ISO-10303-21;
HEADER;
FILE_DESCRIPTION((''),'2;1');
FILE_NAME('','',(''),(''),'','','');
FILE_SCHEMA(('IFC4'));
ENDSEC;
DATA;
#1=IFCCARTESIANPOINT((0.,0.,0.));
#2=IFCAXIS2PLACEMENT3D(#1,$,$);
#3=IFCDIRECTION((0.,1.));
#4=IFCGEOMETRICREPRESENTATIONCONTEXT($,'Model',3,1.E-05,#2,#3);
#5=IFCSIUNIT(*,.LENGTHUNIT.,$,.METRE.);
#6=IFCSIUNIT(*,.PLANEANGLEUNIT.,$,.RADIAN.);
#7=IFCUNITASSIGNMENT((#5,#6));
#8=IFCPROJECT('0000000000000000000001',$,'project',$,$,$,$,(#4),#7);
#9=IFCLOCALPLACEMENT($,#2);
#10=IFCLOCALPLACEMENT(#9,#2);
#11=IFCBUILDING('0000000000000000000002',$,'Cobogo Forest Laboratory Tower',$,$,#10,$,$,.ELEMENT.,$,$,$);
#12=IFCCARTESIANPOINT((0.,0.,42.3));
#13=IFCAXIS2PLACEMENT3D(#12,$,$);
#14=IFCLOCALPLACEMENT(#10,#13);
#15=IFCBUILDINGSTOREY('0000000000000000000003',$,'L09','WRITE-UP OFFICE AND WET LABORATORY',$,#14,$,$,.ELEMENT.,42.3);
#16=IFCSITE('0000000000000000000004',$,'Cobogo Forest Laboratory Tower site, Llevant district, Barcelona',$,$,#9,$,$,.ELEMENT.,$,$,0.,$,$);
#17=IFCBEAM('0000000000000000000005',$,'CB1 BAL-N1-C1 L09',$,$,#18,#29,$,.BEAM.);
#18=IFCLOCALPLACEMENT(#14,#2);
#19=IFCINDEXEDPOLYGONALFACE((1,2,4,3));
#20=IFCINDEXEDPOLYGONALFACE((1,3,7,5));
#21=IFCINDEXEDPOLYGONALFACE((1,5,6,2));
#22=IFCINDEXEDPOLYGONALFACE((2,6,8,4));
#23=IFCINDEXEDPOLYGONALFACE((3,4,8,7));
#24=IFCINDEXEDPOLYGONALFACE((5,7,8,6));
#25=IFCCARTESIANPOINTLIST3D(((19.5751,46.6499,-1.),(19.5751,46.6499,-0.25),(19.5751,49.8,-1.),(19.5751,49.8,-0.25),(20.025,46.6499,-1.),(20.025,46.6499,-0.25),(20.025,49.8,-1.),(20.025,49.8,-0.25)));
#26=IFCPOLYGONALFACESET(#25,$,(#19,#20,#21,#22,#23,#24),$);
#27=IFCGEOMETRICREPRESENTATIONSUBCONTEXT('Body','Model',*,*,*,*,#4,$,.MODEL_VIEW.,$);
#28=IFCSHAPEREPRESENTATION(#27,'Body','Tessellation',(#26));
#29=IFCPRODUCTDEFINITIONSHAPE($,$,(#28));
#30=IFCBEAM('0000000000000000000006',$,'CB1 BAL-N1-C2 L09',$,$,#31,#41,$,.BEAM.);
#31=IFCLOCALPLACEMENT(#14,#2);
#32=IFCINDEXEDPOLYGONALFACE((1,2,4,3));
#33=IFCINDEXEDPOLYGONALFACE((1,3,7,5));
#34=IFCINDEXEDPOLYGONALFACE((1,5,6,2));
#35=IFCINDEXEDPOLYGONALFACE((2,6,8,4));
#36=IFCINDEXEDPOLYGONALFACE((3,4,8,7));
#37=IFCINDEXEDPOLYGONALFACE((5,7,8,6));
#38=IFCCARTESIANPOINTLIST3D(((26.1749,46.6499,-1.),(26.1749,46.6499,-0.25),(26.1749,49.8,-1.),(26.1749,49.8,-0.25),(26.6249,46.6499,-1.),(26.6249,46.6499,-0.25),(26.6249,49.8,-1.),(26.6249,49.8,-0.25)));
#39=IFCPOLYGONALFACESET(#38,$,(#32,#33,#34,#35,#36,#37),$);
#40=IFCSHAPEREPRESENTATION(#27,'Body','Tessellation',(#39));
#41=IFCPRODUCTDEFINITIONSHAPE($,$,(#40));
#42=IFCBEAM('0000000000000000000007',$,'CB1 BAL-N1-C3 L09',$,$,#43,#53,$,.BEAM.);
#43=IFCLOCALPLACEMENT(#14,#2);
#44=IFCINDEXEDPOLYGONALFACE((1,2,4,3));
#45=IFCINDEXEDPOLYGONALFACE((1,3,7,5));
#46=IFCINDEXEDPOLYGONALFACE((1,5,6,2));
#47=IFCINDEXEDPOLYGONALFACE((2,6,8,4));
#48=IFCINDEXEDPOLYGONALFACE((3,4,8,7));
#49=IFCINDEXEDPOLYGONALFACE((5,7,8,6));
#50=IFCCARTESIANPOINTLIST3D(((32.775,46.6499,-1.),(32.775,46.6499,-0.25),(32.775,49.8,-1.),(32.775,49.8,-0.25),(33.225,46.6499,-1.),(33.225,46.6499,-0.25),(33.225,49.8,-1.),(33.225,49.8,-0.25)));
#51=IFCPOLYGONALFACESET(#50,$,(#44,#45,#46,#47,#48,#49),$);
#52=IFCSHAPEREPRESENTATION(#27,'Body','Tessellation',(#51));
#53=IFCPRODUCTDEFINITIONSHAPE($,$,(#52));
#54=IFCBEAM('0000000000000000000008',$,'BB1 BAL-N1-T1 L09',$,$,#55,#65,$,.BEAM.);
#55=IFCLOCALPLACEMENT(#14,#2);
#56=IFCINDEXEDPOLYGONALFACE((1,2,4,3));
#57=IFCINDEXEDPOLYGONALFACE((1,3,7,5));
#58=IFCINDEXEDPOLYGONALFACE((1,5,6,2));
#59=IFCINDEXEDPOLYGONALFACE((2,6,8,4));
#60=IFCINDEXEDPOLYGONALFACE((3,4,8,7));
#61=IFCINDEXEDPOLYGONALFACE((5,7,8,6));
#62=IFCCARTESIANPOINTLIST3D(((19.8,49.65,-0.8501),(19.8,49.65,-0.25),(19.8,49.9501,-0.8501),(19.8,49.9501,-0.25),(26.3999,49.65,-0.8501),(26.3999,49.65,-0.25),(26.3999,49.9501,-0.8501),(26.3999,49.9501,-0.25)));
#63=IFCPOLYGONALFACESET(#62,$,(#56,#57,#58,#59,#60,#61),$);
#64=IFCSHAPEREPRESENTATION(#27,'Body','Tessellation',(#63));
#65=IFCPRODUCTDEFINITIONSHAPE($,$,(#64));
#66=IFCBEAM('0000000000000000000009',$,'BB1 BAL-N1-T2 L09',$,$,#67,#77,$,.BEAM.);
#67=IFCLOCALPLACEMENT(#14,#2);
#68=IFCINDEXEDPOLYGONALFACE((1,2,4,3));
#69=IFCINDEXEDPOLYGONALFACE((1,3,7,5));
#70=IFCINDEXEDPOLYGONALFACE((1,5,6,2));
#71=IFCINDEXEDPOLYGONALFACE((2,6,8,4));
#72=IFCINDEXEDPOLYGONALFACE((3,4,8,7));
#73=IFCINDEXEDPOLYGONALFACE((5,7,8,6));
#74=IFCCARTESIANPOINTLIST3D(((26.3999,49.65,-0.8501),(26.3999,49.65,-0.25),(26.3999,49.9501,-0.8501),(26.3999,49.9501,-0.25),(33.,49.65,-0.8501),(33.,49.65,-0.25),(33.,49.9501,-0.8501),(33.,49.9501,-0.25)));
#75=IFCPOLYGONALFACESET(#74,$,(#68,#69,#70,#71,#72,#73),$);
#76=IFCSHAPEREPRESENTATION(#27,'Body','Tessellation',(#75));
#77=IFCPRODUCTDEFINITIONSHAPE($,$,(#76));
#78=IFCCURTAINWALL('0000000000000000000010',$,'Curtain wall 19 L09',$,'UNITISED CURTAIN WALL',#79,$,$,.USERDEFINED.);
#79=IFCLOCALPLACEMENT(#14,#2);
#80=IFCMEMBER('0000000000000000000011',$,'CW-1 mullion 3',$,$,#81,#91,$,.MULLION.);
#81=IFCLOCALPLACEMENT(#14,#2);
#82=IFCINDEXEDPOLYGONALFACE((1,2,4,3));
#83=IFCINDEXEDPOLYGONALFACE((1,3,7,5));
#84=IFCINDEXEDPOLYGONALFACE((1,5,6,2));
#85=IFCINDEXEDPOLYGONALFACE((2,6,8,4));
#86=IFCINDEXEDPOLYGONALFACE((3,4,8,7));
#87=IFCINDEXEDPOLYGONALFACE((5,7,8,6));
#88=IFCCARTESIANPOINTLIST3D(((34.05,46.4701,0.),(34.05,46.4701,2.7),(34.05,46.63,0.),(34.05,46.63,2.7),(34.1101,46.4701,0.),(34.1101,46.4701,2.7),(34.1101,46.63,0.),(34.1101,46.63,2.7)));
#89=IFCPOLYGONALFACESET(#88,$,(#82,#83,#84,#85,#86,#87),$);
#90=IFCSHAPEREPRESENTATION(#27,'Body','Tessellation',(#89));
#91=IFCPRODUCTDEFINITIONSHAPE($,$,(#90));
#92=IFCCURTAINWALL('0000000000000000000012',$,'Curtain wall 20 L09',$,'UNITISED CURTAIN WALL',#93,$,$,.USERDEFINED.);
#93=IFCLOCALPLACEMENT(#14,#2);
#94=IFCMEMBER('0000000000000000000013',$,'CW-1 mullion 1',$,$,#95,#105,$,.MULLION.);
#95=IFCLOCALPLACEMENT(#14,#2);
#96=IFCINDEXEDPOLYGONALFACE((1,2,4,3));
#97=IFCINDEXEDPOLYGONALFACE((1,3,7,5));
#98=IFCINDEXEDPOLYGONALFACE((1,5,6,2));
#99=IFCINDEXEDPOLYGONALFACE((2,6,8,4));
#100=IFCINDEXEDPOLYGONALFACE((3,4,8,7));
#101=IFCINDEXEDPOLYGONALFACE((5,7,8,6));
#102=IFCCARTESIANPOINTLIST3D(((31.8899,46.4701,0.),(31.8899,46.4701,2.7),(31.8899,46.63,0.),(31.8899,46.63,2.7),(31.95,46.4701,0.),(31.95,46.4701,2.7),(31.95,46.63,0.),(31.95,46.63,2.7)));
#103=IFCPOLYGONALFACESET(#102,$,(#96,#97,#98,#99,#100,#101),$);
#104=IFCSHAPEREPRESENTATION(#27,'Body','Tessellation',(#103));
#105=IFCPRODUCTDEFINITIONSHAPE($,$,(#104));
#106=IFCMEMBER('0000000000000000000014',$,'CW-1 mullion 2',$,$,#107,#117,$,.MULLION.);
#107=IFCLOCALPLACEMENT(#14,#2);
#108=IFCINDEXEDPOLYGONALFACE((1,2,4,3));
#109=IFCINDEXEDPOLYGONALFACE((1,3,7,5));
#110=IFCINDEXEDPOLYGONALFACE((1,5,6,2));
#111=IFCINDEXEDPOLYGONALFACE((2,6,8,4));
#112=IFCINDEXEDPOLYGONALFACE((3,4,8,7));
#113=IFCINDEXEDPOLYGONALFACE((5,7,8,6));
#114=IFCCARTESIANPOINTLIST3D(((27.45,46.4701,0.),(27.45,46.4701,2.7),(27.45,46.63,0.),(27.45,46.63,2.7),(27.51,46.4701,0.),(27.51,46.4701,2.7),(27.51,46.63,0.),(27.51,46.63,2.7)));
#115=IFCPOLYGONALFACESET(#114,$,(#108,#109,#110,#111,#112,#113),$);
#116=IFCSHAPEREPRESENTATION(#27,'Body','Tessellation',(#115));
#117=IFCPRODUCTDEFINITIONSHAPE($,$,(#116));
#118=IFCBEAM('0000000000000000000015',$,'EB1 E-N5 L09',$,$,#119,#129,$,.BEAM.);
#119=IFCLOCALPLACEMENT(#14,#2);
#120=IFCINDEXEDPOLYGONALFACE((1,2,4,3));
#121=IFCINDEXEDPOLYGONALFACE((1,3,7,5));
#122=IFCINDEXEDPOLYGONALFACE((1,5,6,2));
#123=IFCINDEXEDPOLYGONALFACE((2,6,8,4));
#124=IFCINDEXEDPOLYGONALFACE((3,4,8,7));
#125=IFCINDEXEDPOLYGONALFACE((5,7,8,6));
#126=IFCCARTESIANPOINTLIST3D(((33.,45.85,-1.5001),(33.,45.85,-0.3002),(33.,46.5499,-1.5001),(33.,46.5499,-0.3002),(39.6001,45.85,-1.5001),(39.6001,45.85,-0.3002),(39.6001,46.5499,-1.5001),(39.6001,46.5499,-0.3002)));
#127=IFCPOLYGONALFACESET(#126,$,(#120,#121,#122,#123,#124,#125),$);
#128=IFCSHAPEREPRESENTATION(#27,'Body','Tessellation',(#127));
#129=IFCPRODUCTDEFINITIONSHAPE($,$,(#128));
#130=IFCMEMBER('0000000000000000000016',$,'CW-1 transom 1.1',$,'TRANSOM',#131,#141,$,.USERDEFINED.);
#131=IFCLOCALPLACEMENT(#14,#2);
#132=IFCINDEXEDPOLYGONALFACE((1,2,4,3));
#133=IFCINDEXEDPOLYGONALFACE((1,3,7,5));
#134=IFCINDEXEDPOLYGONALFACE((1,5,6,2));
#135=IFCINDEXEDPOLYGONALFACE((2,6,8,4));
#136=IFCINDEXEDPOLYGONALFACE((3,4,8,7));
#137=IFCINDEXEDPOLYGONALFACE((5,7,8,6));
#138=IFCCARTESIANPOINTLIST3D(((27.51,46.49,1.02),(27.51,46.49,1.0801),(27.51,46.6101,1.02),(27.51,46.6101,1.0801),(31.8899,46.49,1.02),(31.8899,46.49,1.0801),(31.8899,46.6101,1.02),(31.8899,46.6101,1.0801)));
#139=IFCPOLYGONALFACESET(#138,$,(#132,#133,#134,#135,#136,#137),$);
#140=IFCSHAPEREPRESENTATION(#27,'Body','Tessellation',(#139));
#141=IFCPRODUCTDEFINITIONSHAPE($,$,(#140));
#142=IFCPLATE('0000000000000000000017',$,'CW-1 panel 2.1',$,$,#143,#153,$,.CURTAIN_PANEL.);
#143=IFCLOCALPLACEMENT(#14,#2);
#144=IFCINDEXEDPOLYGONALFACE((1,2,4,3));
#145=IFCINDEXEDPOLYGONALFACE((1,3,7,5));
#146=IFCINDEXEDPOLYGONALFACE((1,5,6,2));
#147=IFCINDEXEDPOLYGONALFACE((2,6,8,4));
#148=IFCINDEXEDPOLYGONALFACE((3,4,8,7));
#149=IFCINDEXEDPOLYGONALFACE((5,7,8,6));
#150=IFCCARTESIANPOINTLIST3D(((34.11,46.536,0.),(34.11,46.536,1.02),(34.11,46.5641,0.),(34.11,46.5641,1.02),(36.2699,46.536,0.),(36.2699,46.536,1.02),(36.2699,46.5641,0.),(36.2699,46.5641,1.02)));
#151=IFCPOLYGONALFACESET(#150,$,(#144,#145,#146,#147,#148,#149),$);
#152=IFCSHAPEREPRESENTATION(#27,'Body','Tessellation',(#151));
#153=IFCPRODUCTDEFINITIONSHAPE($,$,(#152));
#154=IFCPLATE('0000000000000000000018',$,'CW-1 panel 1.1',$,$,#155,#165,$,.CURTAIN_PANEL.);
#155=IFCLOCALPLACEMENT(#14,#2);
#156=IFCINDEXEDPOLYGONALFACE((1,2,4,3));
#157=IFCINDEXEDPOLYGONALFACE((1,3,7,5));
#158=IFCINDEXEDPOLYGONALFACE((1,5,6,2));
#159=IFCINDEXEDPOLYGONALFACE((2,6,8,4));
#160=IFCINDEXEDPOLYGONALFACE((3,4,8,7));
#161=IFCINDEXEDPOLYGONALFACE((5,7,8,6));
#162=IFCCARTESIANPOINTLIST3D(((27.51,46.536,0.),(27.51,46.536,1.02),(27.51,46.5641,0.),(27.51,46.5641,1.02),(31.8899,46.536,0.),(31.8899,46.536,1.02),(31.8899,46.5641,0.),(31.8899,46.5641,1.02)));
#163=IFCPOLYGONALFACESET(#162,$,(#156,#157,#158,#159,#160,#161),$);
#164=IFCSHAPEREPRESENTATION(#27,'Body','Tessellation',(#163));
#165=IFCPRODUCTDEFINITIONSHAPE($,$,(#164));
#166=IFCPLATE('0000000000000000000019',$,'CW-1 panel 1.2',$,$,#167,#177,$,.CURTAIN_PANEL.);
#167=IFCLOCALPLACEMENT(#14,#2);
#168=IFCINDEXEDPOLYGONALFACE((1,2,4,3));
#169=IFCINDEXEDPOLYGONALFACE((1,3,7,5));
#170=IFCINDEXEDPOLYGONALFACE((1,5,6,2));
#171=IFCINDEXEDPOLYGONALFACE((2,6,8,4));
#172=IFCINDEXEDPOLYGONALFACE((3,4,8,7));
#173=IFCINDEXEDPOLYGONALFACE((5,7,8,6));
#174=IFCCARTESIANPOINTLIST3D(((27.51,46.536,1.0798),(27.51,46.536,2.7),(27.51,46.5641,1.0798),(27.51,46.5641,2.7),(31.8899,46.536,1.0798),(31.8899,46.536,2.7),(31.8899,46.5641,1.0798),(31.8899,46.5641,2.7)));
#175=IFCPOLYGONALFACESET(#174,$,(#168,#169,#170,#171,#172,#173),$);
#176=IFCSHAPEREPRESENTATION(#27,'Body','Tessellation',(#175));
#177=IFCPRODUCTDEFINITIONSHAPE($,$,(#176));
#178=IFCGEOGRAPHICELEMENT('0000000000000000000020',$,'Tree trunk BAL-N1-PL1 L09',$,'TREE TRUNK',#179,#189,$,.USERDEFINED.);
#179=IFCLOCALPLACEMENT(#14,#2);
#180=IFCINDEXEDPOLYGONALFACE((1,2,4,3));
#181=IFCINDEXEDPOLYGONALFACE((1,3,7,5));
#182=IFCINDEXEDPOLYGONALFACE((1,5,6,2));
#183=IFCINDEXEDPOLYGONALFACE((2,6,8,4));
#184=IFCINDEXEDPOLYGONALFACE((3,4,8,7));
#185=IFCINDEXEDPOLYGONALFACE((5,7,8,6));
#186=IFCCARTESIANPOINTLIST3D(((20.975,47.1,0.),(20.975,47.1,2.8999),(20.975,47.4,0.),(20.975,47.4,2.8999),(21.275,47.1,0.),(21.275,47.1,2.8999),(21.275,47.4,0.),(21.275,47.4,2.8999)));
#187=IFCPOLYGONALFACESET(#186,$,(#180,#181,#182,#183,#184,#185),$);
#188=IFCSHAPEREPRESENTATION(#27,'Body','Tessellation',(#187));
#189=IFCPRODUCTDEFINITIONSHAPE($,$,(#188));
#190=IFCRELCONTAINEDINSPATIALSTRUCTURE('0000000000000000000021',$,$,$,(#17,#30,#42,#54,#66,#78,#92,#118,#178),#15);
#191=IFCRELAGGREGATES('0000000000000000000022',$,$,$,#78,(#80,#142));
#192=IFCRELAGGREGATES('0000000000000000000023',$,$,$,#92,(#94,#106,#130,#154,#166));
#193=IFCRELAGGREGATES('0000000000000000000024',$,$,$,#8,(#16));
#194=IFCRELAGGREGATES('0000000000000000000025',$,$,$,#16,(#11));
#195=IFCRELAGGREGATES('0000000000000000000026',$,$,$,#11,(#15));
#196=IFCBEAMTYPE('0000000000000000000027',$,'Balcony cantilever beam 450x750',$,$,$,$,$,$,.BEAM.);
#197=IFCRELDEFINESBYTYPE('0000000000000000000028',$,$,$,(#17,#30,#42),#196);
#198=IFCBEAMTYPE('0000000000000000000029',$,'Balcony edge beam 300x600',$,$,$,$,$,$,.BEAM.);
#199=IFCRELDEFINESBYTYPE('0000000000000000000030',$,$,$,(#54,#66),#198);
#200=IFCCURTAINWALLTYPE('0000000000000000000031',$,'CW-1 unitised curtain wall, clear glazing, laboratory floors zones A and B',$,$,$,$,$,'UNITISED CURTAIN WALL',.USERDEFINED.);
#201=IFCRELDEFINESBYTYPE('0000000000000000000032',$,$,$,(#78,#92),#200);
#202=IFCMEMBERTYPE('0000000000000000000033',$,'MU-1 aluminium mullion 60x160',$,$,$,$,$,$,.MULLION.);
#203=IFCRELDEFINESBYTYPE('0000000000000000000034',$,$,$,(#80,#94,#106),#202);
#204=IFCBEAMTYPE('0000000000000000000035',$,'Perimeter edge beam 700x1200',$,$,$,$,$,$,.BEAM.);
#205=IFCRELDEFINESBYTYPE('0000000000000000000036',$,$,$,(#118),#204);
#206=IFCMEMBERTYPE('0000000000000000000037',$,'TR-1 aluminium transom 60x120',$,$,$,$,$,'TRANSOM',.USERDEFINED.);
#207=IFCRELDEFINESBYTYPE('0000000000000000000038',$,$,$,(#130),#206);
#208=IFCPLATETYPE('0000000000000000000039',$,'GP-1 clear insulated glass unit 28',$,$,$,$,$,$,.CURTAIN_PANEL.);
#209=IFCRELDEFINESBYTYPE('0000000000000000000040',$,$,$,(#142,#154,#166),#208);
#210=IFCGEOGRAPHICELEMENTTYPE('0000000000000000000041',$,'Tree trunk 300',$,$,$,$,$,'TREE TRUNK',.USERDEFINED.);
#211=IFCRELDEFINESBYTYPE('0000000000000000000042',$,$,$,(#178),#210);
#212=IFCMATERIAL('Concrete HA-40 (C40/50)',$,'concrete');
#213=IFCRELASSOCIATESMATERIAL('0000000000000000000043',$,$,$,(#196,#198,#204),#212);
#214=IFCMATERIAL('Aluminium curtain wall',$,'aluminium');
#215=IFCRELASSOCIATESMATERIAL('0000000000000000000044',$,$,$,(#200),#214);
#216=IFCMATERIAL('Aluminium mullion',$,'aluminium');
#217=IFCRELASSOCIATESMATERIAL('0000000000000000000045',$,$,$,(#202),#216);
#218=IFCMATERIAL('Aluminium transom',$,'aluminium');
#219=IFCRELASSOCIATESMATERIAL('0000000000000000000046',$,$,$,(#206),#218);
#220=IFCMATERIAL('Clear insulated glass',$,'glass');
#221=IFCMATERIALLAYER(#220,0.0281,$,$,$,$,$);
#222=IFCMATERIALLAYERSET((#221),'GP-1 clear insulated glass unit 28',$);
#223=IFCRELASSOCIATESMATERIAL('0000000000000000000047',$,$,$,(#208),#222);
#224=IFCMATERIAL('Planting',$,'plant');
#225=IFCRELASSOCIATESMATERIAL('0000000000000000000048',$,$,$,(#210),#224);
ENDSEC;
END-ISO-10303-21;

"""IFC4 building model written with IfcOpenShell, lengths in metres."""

from ifc_helpers import new_model, si_unit, direction, frame, origin, origin_2d, place, context, subcontext, project, spatial, rectangle, extrude, material, layer, layer_set, material_profile, profile_set, type_object, element, aggregate, save


model = new_model("IFC4")

# Units and contexts
model_context = context("Model", 3, precision=1e-05, world=origin(), true_north=direction((0.0, 1.0)))
body_context = subcontext(model_context, "Body", "Model", "MODEL_VIEW")
ifc_project = project(units=[si_unit("LENGTHUNIT", "METRE"), si_unit("PLANEANGLEUNIT", "RADIAN")], contexts=[model_context])

# Site, building, storey
site_placement = place(None, origin())
site = spatial("IfcSite", under=ifc_project, at=site_placement, Name="Cobogo Forest Laboratory Tower site, Llevant district, Barcelona", CompositionType="ELEMENT", RefElevation=0.0)
building_placement = place(site_placement, origin())
building = spatial("IfcBuilding", under=site, at=building_placement, Name="Cobogo Forest Laboratory Tower", CompositionType="ELEMENT")
storey_placement = place(building_placement, frame((0.0, 0.0, 42.3)))
storey = spatial("IfcBuildingStorey", under=building, at=storey_placement, Name="L09", Description="WRITE-UP OFFICE AND WET LABORATORY", CompositionType="ELEMENT", Elevation=42.3)

# Beams
ifc_material_1 = material(Name="Concrete HA-40 (C40/50)", Category="concrete")
ifc_material_profile_1 = material_profile(ifc_material_1, rectangle(XDim=0.45, YDim=0.75, at=origin_2d()), Name="RC 450x750")
ifc_profile_set_1 = profile_set([ifc_material_profile_1], Name="Concrete HA-40 (C40/50)")
beam_type_1 = type_object("IfcBeamType", Name="Balcony cantilever beam 450x750", PredefinedType="BEAM", material=ifc_profile_set_1)
for number, where, z_axis, x_axis, name in (
    (1, (19.8, 46.6499, -0.625), (0.0, 1.0, 0.0), (-1.0, 0.0, 0.0), "CB1 BAL-N1-C1 L09"),
    (2, (26.3999, 46.6499, -0.625), (0.0, 1.0, 0.0), (-1.0, 0.0, 0.0), "CB1 BAL-N1-C2 L09"),
    (3, (33.0, 46.6499, -0.625), (0.0, 1.0, 0.0), (-1.0, 0.0, 0.0), "CB1 BAL-N1-C3 L09"),
):
    element("IfcBeam", number, at=place(storey_placement, frame(where, z_axis=z_axis, x_axis=x_axis)), inside=storey, type_object=beam_type_1, Name=name, PredefinedType="BEAM", context=body_context, shape_type="SweptSolid", body=[
        extrude(rectangle(XDim=0.45, YDim=0.75, at=origin_2d()), origin(), (0.0, 0.0, 1.0), 3.1501),
    ])
ifc_material_profile_2 = material_profile(ifc_material_1, rectangle(XDim=0.3, YDim=0.6001, at=origin_2d()), Name="RC 300x600")
ifc_profile_set_2 = profile_set([ifc_material_profile_2], Name="Concrete HA-40 (C40/50)")
beam_type_2 = type_object("IfcBeamType", Name="Balcony edge beam 300x600", PredefinedType="BEAM", material=ifc_profile_set_2)
beam_1_placement = place(storey_placement, frame((19.8, 49.8, -0.55), z_axis=(1.0, 0.0, 0.0), x_axis=(0.0, 1.0, 0.0)))
element("IfcBeam", 4, at=beam_1_placement, inside=storey, type_object=beam_type_2, Name="BB1 BAL-N1-T1 L09", PredefinedType="BEAM", context=body_context, shape_type="SweptSolid", body=[
    extrude(rectangle(XDim=0.3, YDim=0.6001, at=origin_2d()), origin(), (0.0, 0.0, 1.0), 6.5999),
])
beam_2_placement = place(storey_placement, frame((26.3999, 49.8, -0.55), z_axis=(1.0, 0.0, 0.0), x_axis=(0.0, 1.0, 0.0)))
element("IfcBeam", 5, at=beam_2_placement, inside=storey, type_object=beam_type_2, Name="BB1 BAL-N1-T2 L09", PredefinedType="BEAM", context=body_context, shape_type="SweptSolid", body=[
    extrude(rectangle(XDim=0.3, YDim=0.6001, at=origin_2d()), origin(), (0.0, 0.0, 1.0), 6.6001),
])

# Curtain wall, member
ifc_material_2 = material(Name="Aluminium curtain wall", Category="aluminium")
curtain_wall_type = type_object("IfcCurtainWallType", Name="CW-1 unitised curtain wall, clear glazing, laboratory floors zones A and B", ElementType="UNITISED CURTAIN WALL", PredefinedType="USERDEFINED", material=ifc_material_2)
curtain_wall_1_placement = place(storey_placement, origin())
curtain_wall_1 = element("IfcCurtainWall", 6, at=curtain_wall_1_placement, inside=storey, type_object=curtain_wall_type, Name="Curtain wall 19 L09", ObjectType="UNITISED CURTAIN WALL", PredefinedType="USERDEFINED")
ifc_material_3 = material(Name="Aluminium mullion", Category="aluminium")
ifc_material_profile_3 = material_profile(ifc_material_3, rectangle(XDim=0.0601, YDim=0.1599, at=origin_2d()), Name="AL 60x160")
ifc_profile_set_3 = profile_set([ifc_material_profile_3], Name="Aluminium mullion")
member_type_1 = type_object("IfcMemberType", Name="MU-1 aluminium mullion 60x160", PredefinedType="MULLION", material=ifc_profile_set_3)
member_1_placement = place(storey_placement, frame((34.0801, 46.55, 0.0), z_axis=(0.0, 0.0, 1.0), x_axis=(-1.0, 0.0, 0.0)))
member_1 = element("IfcMember", 7, at=member_1_placement, type_object=member_type_1, Name="CW-1 mullion 3", PredefinedType="MULLION", context=body_context, shape_type="SweptSolid", body=[
    extrude(rectangle(XDim=0.0601, YDim=0.1599, at=origin_2d()), origin(), (0.0, 0.0, 1.0), 2.7),
])

# Curtain wall, members
curtain_wall_2_placement = place(storey_placement, origin())
curtain_wall_2 = element("IfcCurtainWall", 8, at=curtain_wall_2_placement, inside=storey, type_object=curtain_wall_type, Name="Curtain wall 20 L09", ObjectType="UNITISED CURTAIN WALL", PredefinedType="USERDEFINED")
member_2_placement = place(storey_placement, frame((31.9199, 46.55, 0.0), z_axis=(0.0, 0.0, 1.0), x_axis=(-1.0, 0.0, 0.0)))
member_2 = element("IfcMember", 9, at=member_2_placement, type_object=member_type_1, Name="CW-1 mullion 1", PredefinedType="MULLION", context=body_context, shape_type="SweptSolid", body=[
    extrude(rectangle(XDim=0.0601, YDim=0.1599, at=origin_2d()), origin(), (0.0, 0.0, 1.0), 2.7),
])
member_3_placement = place(storey_placement, frame((27.48, 46.55, 0.0), z_axis=(0.0, 0.0, 1.0), x_axis=(-1.0, 0.0, 0.0)))
member_3 = element("IfcMember", 10, at=member_3_placement, type_object=member_type_1, Name="CW-1 mullion 2", PredefinedType="MULLION", context=body_context, shape_type="SweptSolid", body=[
    extrude(rectangle(XDim=0.0601, YDim=0.1599, at=origin_2d()), origin(), (0.0, 0.0, 1.0), 2.7),
])

# Beam
ifc_material_profile_4 = material_profile(ifc_material_1, rectangle(XDim=0.7, YDim=1.2, at=origin_2d()), Name="RC 700x1200")
ifc_profile_set_4 = profile_set([ifc_material_profile_4], Name="Concrete HA-40 (C40/50)")
beam_type_3 = type_object("IfcBeamType", Name="Perimeter edge beam 700x1200", PredefinedType="BEAM", material=ifc_profile_set_4)
beam_3_placement = place(storey_placement, frame((33.0, 46.2, -0.9001), z_axis=(1.0, 0.0, 0.0), x_axis=(0.0, 1.0, 0.0)))
element("IfcBeam", 11, at=beam_3_placement, inside=storey, type_object=beam_type_3, Name="EB1 E-N5 L09", PredefinedType="BEAM", context=body_context, shape_type="SweptSolid", body=[
    extrude(rectangle(XDim=0.7, YDim=1.2, at=origin_2d()), origin(), (0.0, 0.0, 1.0), 6.6001),
])

# Member
ifc_material_4 = material(Name="Aluminium transom", Category="aluminium")
ifc_material_profile_5 = material_profile(ifc_material_4, rectangle(XDim=0.1201, YDim=0.0601, at=origin_2d()), Name="AL 60x120")
ifc_profile_set_5 = profile_set([ifc_material_profile_5], Name="Aluminium transom")
member_type_2 = type_object("IfcMemberType", Name="TR-1 aluminium transom 60x120", ElementType="TRANSOM", PredefinedType="USERDEFINED", material=ifc_profile_set_5)
member_4_placement = place(storey_placement, frame((31.8899, 46.55, 1.05), z_axis=(-1.0, 0.0, 0.0), x_axis=(0.0, -1.0, 0.0)))
member_4 = element("IfcMember", 12, at=member_4_placement, type_object=member_type_2, Name="CW-1 transom 1.1", ObjectType="TRANSOM", PredefinedType="USERDEFINED", context=body_context, shape_type="SweptSolid", body=[
    extrude(rectangle(XDim=0.1201, YDim=0.0601, at=origin_2d()), origin(), (0.0, 0.0, 1.0), 4.3799),
])

# Plates
ifc_material_5 = material(Name="Clear insulated glass", Category="glass")
ifc_layer_1 = layer(ifc_material_5, 0.0281)
ifc_layer_set_1 = layer_set([ifc_layer_1], Name="GP-1 clear insulated glass unit 28")
plate_type_1 = type_object("IfcPlateType", Name="GP-1 clear insulated glass unit 28", PredefinedType="CURTAIN_PANEL", material=ifc_layer_set_1)
plate_1_placement = place(storey_placement, frame((35.1899, 46.55, 0.0), z_axis=(0.0, 0.0, 1.0), x_axis=(-1.0, 0.0, 0.0)))
plate_1 = element("IfcPlate", 13, at=plate_1_placement, type_object=plate_type_1, Name="CW-1 panel 2.1", PredefinedType="CURTAIN_PANEL", context=body_context, shape_type="SweptSolid", body=[
    extrude(rectangle(XDim=2.1599, YDim=0.0281, at=origin_2d()), origin(), (0.0, 0.0, 1.0), 1.02),
])
aggregate(curtain_wall_1, [member_1, plate_1])
plate_2_placement = place(storey_placement, frame((29.7, 46.55, 0.0), z_axis=(0.0, 0.0, 1.0), x_axis=(-1.0, 0.0, 0.0)))
plate_2 = element("IfcPlate", 14, at=plate_2_placement, type_object=plate_type_1, Name="CW-1 panel 1.1", PredefinedType="CURTAIN_PANEL", context=body_context, shape_type="SweptSolid", body=[
    extrude(rectangle(XDim=4.3799, YDim=0.0281, at=origin_2d()), origin(), (0.0, 0.0, 1.0), 1.02),
])
plate_3_placement = place(storey_placement, frame((29.7, 46.55, 1.0798), z_axis=(0.0, 0.0, 1.0), x_axis=(-1.0, 0.0, 0.0)))
plate_3 = element("IfcPlate", 15, at=plate_3_placement, type_object=plate_type_1, Name="CW-1 panel 1.2", PredefinedType="CURTAIN_PANEL", context=body_context, shape_type="SweptSolid", body=[
    extrude(rectangle(XDim=4.3799, YDim=0.0281, at=origin_2d()), origin(), (0.0, 0.0, 1.0), 1.6201),
])
aggregate(curtain_wall_2, [member_2, member_3, member_4, plate_2, plate_3])

# Geographic element
ifc_material_6 = material(Name="Planting", Category="plant")
geographic_element_type = type_object("IfcGeographicElementType", Name="Tree trunk 300", ElementType="TREE TRUNK", PredefinedType="USERDEFINED", material=ifc_material_6)
for number, where, z_axis, x_axis, name in (
    (16, (21.125, 47.25, 0.0), (0.0, 0.0, 1.0), (1.0, 0.0, 0.0), "Tree trunk BAL-N1-PL1 L09"),
):
    element("IfcGeographicElement", number, at=place(storey_placement, frame(where, z_axis=z_axis, x_axis=x_axis)), inside=storey, type_object=geographic_element_type, Name=name, ObjectType="TREE TRUNK", PredefinedType="USERDEFINED", context=body_context, shape_type="SweptSolid", body=[
        extrude(rectangle(XDim=0.3, YDim=0.3, at=origin_2d()), origin(), (0.0, 0.0, 1.0), 2.8999),
    ])

save(model, "model.ifc")
